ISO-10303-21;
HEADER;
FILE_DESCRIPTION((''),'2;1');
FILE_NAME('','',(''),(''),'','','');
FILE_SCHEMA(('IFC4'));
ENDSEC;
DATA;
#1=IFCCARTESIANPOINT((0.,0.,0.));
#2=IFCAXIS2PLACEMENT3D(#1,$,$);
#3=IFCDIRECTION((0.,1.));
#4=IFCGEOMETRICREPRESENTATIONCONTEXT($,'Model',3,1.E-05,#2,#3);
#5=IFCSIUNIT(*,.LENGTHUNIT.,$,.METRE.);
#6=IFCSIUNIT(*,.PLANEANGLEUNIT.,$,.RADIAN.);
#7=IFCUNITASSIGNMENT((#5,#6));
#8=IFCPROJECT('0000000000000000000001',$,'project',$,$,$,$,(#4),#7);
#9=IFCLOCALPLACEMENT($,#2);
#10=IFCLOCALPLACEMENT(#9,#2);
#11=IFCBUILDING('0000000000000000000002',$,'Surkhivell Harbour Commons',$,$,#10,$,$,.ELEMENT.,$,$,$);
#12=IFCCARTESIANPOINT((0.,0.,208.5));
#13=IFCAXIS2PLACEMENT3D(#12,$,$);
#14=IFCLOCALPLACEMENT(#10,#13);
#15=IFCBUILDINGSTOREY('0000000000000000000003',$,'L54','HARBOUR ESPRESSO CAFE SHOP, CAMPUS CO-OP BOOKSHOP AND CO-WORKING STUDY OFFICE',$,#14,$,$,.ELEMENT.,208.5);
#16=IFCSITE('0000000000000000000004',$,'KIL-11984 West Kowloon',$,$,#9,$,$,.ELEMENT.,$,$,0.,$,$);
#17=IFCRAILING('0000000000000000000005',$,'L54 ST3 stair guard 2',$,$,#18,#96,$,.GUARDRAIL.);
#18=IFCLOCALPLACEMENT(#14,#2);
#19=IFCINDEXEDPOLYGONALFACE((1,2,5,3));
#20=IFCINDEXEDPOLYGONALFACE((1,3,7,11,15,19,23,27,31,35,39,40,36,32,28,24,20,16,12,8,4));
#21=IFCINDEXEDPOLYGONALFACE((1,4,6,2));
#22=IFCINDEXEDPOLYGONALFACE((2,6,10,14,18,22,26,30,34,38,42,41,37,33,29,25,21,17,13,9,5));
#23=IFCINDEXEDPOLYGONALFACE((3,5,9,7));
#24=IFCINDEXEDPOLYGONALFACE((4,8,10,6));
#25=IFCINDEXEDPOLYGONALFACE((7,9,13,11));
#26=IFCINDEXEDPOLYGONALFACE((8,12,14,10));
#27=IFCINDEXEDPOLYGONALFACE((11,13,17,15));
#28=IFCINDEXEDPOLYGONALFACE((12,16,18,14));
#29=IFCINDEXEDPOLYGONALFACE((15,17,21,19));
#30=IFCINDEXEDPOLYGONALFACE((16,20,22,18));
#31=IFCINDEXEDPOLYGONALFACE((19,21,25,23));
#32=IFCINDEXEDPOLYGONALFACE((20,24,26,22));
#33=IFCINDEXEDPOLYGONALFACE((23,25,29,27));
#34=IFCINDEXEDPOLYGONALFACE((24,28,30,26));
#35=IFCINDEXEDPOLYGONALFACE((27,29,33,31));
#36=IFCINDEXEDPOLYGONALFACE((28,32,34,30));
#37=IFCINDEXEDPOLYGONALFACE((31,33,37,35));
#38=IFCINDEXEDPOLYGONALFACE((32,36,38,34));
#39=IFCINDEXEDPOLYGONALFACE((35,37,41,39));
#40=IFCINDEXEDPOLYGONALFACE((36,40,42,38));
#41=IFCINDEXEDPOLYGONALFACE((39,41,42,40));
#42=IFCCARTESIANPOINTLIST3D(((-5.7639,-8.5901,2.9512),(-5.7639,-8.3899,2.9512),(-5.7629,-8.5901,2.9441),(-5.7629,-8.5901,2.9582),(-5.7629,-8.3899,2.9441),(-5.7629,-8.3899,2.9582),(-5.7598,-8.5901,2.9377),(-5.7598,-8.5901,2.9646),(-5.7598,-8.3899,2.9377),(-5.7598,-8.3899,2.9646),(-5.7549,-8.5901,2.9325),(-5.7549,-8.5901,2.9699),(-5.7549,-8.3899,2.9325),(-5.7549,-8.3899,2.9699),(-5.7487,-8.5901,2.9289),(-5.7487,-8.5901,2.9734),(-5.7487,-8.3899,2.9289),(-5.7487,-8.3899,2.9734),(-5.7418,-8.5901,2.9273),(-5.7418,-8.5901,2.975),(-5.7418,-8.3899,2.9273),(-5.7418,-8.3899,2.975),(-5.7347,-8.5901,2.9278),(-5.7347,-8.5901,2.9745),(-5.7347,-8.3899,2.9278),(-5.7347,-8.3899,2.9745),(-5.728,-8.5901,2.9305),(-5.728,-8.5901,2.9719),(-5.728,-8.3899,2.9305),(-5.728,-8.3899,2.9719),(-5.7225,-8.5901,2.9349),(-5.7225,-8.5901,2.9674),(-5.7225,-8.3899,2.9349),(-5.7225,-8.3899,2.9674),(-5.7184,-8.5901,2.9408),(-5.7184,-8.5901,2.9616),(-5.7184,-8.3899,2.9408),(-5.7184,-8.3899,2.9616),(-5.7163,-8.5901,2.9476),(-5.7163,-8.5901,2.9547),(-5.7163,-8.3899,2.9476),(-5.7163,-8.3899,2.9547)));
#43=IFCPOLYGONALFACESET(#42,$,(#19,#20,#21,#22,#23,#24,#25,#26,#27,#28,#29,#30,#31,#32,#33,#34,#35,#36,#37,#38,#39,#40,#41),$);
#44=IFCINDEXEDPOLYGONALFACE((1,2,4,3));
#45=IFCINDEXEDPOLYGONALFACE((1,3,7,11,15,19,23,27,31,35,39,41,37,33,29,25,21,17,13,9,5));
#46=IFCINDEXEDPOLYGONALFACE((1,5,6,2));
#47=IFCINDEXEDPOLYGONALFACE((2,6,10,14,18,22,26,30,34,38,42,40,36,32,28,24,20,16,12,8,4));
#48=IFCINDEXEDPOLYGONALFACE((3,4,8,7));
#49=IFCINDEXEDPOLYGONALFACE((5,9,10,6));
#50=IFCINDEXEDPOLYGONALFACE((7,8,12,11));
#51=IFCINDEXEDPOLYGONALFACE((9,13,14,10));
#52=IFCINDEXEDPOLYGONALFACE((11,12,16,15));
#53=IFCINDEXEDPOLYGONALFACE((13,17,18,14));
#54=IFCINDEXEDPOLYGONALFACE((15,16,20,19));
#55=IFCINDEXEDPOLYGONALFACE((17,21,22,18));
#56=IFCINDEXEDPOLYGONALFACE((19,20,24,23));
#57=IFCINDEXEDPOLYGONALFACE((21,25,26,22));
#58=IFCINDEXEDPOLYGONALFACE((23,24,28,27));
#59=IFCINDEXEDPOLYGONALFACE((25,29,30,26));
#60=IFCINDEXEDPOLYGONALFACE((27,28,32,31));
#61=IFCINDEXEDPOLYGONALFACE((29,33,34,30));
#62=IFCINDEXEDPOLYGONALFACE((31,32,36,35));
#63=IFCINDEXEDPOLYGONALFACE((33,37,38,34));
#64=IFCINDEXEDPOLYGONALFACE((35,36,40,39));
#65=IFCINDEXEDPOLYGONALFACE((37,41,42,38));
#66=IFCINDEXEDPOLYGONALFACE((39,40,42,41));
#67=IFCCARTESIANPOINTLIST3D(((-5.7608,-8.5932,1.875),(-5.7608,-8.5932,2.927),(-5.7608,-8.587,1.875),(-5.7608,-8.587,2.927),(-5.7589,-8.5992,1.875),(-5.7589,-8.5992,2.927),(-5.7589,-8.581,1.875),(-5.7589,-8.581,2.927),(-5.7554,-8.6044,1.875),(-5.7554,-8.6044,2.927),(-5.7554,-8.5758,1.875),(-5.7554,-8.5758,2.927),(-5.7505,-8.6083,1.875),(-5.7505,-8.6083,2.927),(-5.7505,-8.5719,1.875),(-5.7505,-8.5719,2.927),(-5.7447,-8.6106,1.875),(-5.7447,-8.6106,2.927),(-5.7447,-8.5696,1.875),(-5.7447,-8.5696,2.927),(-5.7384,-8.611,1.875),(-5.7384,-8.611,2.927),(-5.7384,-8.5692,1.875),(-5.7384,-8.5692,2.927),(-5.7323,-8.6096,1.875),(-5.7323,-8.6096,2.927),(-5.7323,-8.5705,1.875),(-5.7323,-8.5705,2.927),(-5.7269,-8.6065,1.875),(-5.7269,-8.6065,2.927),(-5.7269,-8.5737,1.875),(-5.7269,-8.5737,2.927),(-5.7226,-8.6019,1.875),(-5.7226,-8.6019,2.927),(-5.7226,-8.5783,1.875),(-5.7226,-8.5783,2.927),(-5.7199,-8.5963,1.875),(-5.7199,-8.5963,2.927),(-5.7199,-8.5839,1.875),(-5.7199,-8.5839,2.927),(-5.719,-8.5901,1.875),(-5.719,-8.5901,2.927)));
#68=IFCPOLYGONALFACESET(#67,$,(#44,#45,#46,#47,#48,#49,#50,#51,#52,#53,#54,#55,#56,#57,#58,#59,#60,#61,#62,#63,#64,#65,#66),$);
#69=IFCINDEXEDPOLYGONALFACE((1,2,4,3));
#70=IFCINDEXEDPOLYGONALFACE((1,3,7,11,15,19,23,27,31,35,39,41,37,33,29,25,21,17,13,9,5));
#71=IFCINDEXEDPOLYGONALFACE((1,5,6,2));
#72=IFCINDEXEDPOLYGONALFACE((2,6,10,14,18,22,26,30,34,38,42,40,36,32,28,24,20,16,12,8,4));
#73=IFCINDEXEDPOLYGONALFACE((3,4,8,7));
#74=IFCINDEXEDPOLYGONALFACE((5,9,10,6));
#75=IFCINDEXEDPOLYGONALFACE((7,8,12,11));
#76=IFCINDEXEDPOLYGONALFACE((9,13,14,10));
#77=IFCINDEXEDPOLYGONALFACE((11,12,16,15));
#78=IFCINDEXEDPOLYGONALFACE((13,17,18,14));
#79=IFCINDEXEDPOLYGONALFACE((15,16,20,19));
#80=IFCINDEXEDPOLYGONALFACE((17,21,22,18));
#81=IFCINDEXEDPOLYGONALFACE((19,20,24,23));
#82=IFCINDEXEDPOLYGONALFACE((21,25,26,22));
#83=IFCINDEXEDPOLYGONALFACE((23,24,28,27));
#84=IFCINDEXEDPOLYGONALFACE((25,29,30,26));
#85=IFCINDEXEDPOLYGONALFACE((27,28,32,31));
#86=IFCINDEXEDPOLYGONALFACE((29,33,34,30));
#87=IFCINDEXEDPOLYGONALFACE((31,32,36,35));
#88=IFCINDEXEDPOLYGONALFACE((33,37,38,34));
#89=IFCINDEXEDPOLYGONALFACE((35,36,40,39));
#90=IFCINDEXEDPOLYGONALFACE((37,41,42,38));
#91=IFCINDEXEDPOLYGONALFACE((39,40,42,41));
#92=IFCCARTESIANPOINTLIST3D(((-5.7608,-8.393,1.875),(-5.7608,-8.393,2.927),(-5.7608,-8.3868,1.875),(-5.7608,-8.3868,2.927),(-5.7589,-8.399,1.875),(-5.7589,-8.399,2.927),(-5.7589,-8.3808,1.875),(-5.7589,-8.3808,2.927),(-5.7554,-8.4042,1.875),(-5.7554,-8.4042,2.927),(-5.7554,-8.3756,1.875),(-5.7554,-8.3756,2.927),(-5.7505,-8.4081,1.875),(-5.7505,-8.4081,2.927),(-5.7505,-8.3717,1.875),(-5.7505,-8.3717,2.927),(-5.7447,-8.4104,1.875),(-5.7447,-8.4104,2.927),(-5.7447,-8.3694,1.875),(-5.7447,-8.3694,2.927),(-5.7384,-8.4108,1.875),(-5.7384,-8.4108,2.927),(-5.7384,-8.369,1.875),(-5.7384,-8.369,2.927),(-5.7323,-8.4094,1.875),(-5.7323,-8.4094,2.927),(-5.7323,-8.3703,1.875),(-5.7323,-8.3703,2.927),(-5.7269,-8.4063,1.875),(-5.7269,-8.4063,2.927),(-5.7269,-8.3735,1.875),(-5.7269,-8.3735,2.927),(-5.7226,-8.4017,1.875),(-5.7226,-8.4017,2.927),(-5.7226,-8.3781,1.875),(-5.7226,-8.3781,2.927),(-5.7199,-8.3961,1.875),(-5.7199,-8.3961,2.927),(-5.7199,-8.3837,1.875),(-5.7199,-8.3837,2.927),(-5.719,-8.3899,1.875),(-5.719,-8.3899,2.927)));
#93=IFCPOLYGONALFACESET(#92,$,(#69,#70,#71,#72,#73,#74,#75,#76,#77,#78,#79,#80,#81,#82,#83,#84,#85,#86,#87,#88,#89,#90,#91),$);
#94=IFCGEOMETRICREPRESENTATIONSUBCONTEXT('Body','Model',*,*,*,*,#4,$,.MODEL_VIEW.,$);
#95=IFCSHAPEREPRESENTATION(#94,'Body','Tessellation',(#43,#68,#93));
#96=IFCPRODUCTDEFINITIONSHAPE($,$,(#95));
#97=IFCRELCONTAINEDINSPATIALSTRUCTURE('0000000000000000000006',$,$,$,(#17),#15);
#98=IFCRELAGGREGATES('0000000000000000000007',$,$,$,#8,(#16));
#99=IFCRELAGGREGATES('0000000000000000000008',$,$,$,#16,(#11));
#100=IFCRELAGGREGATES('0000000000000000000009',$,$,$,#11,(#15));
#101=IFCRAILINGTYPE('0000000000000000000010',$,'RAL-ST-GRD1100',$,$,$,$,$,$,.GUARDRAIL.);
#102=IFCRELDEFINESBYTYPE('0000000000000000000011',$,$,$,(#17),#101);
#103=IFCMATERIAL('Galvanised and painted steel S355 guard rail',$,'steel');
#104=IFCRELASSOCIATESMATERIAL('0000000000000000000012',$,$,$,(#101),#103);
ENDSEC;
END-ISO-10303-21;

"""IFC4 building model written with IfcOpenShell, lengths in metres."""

from ifc_helpers import new_model, si_unit, direction, frame, origin, origin_2d, place, context, subcontext, project, spatial, circle, extrude, material, type_object, element, save


model = new_model("IFC4")

# Units and contexts
model_context = context("Model", 3, precision=1e-05, world=origin(), true_north=direction((0.0, 1.0)))
body_context = subcontext(model_context, "Body", "Model", "MODEL_VIEW")
ifc_project = project(units=[si_unit("LENGTHUNIT", "METRE"), si_unit("PLANEANGLEUNIT", "RADIAN")], contexts=[model_context])

# Site, building, storey
site_placement = place(None, origin())
site = spatial("IfcSite", under=ifc_project, at=site_placement, Name="KIL-11984 West Kowloon", CompositionType="ELEMENT", RefElevation=0.0)
building_placement = place(site_placement, origin())
building = spatial("IfcBuilding", under=site, at=building_placement, Name="Surkhivell Harbour Commons", CompositionType="ELEMENT")
storey_placement = place(building_placement, frame((0.0, 0.0, 208.5)))
storey = spatial("IfcBuildingStorey", under=building, at=storey_placement, Name="L54", Description="HARBOUR ESPRESSO CAFE SHOP, CAMPUS CO-OP BOOKSHOP AND CO-WORKING STUDY OFFICE", CompositionType="ELEMENT", Elevation=208.5)

# Railing
ifc_material_1 = material(Name="Galvanised and painted steel S355 guard rail", Category="steel")
railing_type_1 = type_object("IfcRailingType", Name="RAL-ST-GRD1100", PredefinedType="GUARDRAIL", material=ifc_material_1)
railing_1_placement = place(storey_placement, frame((-5.74, -8.5901, 1.875)))
element("IfcRailing", 1, at=railing_1_placement, inside=storey, type_object=railing_type_1, Name="L54 ST3 stair guard 2", PredefinedType="GUARDRAIL", context=body_context, shape_type="SweptSolid", body=[
    extrude(circle(Radius=0.0239, at=origin_2d()), frame((0.0, 0.0, 1.0762), z_axis=(0.0, 1.0, 0.0), x_axis=(-1.0, 0.0, 0.0)), (0.0, 0.0, 1.0), 0.2002),
    extrude(circle(Radius=0.021, at=origin_2d()), origin(), (0.0, 0.0, 1.0), 1.052),
    extrude(circle(Radius=0.021, at=origin_2d()), frame((0.0, 0.2002, 0.0)), (0.0, 0.0, 1.0), 1.052),
])

save(model, "model.ifc")
